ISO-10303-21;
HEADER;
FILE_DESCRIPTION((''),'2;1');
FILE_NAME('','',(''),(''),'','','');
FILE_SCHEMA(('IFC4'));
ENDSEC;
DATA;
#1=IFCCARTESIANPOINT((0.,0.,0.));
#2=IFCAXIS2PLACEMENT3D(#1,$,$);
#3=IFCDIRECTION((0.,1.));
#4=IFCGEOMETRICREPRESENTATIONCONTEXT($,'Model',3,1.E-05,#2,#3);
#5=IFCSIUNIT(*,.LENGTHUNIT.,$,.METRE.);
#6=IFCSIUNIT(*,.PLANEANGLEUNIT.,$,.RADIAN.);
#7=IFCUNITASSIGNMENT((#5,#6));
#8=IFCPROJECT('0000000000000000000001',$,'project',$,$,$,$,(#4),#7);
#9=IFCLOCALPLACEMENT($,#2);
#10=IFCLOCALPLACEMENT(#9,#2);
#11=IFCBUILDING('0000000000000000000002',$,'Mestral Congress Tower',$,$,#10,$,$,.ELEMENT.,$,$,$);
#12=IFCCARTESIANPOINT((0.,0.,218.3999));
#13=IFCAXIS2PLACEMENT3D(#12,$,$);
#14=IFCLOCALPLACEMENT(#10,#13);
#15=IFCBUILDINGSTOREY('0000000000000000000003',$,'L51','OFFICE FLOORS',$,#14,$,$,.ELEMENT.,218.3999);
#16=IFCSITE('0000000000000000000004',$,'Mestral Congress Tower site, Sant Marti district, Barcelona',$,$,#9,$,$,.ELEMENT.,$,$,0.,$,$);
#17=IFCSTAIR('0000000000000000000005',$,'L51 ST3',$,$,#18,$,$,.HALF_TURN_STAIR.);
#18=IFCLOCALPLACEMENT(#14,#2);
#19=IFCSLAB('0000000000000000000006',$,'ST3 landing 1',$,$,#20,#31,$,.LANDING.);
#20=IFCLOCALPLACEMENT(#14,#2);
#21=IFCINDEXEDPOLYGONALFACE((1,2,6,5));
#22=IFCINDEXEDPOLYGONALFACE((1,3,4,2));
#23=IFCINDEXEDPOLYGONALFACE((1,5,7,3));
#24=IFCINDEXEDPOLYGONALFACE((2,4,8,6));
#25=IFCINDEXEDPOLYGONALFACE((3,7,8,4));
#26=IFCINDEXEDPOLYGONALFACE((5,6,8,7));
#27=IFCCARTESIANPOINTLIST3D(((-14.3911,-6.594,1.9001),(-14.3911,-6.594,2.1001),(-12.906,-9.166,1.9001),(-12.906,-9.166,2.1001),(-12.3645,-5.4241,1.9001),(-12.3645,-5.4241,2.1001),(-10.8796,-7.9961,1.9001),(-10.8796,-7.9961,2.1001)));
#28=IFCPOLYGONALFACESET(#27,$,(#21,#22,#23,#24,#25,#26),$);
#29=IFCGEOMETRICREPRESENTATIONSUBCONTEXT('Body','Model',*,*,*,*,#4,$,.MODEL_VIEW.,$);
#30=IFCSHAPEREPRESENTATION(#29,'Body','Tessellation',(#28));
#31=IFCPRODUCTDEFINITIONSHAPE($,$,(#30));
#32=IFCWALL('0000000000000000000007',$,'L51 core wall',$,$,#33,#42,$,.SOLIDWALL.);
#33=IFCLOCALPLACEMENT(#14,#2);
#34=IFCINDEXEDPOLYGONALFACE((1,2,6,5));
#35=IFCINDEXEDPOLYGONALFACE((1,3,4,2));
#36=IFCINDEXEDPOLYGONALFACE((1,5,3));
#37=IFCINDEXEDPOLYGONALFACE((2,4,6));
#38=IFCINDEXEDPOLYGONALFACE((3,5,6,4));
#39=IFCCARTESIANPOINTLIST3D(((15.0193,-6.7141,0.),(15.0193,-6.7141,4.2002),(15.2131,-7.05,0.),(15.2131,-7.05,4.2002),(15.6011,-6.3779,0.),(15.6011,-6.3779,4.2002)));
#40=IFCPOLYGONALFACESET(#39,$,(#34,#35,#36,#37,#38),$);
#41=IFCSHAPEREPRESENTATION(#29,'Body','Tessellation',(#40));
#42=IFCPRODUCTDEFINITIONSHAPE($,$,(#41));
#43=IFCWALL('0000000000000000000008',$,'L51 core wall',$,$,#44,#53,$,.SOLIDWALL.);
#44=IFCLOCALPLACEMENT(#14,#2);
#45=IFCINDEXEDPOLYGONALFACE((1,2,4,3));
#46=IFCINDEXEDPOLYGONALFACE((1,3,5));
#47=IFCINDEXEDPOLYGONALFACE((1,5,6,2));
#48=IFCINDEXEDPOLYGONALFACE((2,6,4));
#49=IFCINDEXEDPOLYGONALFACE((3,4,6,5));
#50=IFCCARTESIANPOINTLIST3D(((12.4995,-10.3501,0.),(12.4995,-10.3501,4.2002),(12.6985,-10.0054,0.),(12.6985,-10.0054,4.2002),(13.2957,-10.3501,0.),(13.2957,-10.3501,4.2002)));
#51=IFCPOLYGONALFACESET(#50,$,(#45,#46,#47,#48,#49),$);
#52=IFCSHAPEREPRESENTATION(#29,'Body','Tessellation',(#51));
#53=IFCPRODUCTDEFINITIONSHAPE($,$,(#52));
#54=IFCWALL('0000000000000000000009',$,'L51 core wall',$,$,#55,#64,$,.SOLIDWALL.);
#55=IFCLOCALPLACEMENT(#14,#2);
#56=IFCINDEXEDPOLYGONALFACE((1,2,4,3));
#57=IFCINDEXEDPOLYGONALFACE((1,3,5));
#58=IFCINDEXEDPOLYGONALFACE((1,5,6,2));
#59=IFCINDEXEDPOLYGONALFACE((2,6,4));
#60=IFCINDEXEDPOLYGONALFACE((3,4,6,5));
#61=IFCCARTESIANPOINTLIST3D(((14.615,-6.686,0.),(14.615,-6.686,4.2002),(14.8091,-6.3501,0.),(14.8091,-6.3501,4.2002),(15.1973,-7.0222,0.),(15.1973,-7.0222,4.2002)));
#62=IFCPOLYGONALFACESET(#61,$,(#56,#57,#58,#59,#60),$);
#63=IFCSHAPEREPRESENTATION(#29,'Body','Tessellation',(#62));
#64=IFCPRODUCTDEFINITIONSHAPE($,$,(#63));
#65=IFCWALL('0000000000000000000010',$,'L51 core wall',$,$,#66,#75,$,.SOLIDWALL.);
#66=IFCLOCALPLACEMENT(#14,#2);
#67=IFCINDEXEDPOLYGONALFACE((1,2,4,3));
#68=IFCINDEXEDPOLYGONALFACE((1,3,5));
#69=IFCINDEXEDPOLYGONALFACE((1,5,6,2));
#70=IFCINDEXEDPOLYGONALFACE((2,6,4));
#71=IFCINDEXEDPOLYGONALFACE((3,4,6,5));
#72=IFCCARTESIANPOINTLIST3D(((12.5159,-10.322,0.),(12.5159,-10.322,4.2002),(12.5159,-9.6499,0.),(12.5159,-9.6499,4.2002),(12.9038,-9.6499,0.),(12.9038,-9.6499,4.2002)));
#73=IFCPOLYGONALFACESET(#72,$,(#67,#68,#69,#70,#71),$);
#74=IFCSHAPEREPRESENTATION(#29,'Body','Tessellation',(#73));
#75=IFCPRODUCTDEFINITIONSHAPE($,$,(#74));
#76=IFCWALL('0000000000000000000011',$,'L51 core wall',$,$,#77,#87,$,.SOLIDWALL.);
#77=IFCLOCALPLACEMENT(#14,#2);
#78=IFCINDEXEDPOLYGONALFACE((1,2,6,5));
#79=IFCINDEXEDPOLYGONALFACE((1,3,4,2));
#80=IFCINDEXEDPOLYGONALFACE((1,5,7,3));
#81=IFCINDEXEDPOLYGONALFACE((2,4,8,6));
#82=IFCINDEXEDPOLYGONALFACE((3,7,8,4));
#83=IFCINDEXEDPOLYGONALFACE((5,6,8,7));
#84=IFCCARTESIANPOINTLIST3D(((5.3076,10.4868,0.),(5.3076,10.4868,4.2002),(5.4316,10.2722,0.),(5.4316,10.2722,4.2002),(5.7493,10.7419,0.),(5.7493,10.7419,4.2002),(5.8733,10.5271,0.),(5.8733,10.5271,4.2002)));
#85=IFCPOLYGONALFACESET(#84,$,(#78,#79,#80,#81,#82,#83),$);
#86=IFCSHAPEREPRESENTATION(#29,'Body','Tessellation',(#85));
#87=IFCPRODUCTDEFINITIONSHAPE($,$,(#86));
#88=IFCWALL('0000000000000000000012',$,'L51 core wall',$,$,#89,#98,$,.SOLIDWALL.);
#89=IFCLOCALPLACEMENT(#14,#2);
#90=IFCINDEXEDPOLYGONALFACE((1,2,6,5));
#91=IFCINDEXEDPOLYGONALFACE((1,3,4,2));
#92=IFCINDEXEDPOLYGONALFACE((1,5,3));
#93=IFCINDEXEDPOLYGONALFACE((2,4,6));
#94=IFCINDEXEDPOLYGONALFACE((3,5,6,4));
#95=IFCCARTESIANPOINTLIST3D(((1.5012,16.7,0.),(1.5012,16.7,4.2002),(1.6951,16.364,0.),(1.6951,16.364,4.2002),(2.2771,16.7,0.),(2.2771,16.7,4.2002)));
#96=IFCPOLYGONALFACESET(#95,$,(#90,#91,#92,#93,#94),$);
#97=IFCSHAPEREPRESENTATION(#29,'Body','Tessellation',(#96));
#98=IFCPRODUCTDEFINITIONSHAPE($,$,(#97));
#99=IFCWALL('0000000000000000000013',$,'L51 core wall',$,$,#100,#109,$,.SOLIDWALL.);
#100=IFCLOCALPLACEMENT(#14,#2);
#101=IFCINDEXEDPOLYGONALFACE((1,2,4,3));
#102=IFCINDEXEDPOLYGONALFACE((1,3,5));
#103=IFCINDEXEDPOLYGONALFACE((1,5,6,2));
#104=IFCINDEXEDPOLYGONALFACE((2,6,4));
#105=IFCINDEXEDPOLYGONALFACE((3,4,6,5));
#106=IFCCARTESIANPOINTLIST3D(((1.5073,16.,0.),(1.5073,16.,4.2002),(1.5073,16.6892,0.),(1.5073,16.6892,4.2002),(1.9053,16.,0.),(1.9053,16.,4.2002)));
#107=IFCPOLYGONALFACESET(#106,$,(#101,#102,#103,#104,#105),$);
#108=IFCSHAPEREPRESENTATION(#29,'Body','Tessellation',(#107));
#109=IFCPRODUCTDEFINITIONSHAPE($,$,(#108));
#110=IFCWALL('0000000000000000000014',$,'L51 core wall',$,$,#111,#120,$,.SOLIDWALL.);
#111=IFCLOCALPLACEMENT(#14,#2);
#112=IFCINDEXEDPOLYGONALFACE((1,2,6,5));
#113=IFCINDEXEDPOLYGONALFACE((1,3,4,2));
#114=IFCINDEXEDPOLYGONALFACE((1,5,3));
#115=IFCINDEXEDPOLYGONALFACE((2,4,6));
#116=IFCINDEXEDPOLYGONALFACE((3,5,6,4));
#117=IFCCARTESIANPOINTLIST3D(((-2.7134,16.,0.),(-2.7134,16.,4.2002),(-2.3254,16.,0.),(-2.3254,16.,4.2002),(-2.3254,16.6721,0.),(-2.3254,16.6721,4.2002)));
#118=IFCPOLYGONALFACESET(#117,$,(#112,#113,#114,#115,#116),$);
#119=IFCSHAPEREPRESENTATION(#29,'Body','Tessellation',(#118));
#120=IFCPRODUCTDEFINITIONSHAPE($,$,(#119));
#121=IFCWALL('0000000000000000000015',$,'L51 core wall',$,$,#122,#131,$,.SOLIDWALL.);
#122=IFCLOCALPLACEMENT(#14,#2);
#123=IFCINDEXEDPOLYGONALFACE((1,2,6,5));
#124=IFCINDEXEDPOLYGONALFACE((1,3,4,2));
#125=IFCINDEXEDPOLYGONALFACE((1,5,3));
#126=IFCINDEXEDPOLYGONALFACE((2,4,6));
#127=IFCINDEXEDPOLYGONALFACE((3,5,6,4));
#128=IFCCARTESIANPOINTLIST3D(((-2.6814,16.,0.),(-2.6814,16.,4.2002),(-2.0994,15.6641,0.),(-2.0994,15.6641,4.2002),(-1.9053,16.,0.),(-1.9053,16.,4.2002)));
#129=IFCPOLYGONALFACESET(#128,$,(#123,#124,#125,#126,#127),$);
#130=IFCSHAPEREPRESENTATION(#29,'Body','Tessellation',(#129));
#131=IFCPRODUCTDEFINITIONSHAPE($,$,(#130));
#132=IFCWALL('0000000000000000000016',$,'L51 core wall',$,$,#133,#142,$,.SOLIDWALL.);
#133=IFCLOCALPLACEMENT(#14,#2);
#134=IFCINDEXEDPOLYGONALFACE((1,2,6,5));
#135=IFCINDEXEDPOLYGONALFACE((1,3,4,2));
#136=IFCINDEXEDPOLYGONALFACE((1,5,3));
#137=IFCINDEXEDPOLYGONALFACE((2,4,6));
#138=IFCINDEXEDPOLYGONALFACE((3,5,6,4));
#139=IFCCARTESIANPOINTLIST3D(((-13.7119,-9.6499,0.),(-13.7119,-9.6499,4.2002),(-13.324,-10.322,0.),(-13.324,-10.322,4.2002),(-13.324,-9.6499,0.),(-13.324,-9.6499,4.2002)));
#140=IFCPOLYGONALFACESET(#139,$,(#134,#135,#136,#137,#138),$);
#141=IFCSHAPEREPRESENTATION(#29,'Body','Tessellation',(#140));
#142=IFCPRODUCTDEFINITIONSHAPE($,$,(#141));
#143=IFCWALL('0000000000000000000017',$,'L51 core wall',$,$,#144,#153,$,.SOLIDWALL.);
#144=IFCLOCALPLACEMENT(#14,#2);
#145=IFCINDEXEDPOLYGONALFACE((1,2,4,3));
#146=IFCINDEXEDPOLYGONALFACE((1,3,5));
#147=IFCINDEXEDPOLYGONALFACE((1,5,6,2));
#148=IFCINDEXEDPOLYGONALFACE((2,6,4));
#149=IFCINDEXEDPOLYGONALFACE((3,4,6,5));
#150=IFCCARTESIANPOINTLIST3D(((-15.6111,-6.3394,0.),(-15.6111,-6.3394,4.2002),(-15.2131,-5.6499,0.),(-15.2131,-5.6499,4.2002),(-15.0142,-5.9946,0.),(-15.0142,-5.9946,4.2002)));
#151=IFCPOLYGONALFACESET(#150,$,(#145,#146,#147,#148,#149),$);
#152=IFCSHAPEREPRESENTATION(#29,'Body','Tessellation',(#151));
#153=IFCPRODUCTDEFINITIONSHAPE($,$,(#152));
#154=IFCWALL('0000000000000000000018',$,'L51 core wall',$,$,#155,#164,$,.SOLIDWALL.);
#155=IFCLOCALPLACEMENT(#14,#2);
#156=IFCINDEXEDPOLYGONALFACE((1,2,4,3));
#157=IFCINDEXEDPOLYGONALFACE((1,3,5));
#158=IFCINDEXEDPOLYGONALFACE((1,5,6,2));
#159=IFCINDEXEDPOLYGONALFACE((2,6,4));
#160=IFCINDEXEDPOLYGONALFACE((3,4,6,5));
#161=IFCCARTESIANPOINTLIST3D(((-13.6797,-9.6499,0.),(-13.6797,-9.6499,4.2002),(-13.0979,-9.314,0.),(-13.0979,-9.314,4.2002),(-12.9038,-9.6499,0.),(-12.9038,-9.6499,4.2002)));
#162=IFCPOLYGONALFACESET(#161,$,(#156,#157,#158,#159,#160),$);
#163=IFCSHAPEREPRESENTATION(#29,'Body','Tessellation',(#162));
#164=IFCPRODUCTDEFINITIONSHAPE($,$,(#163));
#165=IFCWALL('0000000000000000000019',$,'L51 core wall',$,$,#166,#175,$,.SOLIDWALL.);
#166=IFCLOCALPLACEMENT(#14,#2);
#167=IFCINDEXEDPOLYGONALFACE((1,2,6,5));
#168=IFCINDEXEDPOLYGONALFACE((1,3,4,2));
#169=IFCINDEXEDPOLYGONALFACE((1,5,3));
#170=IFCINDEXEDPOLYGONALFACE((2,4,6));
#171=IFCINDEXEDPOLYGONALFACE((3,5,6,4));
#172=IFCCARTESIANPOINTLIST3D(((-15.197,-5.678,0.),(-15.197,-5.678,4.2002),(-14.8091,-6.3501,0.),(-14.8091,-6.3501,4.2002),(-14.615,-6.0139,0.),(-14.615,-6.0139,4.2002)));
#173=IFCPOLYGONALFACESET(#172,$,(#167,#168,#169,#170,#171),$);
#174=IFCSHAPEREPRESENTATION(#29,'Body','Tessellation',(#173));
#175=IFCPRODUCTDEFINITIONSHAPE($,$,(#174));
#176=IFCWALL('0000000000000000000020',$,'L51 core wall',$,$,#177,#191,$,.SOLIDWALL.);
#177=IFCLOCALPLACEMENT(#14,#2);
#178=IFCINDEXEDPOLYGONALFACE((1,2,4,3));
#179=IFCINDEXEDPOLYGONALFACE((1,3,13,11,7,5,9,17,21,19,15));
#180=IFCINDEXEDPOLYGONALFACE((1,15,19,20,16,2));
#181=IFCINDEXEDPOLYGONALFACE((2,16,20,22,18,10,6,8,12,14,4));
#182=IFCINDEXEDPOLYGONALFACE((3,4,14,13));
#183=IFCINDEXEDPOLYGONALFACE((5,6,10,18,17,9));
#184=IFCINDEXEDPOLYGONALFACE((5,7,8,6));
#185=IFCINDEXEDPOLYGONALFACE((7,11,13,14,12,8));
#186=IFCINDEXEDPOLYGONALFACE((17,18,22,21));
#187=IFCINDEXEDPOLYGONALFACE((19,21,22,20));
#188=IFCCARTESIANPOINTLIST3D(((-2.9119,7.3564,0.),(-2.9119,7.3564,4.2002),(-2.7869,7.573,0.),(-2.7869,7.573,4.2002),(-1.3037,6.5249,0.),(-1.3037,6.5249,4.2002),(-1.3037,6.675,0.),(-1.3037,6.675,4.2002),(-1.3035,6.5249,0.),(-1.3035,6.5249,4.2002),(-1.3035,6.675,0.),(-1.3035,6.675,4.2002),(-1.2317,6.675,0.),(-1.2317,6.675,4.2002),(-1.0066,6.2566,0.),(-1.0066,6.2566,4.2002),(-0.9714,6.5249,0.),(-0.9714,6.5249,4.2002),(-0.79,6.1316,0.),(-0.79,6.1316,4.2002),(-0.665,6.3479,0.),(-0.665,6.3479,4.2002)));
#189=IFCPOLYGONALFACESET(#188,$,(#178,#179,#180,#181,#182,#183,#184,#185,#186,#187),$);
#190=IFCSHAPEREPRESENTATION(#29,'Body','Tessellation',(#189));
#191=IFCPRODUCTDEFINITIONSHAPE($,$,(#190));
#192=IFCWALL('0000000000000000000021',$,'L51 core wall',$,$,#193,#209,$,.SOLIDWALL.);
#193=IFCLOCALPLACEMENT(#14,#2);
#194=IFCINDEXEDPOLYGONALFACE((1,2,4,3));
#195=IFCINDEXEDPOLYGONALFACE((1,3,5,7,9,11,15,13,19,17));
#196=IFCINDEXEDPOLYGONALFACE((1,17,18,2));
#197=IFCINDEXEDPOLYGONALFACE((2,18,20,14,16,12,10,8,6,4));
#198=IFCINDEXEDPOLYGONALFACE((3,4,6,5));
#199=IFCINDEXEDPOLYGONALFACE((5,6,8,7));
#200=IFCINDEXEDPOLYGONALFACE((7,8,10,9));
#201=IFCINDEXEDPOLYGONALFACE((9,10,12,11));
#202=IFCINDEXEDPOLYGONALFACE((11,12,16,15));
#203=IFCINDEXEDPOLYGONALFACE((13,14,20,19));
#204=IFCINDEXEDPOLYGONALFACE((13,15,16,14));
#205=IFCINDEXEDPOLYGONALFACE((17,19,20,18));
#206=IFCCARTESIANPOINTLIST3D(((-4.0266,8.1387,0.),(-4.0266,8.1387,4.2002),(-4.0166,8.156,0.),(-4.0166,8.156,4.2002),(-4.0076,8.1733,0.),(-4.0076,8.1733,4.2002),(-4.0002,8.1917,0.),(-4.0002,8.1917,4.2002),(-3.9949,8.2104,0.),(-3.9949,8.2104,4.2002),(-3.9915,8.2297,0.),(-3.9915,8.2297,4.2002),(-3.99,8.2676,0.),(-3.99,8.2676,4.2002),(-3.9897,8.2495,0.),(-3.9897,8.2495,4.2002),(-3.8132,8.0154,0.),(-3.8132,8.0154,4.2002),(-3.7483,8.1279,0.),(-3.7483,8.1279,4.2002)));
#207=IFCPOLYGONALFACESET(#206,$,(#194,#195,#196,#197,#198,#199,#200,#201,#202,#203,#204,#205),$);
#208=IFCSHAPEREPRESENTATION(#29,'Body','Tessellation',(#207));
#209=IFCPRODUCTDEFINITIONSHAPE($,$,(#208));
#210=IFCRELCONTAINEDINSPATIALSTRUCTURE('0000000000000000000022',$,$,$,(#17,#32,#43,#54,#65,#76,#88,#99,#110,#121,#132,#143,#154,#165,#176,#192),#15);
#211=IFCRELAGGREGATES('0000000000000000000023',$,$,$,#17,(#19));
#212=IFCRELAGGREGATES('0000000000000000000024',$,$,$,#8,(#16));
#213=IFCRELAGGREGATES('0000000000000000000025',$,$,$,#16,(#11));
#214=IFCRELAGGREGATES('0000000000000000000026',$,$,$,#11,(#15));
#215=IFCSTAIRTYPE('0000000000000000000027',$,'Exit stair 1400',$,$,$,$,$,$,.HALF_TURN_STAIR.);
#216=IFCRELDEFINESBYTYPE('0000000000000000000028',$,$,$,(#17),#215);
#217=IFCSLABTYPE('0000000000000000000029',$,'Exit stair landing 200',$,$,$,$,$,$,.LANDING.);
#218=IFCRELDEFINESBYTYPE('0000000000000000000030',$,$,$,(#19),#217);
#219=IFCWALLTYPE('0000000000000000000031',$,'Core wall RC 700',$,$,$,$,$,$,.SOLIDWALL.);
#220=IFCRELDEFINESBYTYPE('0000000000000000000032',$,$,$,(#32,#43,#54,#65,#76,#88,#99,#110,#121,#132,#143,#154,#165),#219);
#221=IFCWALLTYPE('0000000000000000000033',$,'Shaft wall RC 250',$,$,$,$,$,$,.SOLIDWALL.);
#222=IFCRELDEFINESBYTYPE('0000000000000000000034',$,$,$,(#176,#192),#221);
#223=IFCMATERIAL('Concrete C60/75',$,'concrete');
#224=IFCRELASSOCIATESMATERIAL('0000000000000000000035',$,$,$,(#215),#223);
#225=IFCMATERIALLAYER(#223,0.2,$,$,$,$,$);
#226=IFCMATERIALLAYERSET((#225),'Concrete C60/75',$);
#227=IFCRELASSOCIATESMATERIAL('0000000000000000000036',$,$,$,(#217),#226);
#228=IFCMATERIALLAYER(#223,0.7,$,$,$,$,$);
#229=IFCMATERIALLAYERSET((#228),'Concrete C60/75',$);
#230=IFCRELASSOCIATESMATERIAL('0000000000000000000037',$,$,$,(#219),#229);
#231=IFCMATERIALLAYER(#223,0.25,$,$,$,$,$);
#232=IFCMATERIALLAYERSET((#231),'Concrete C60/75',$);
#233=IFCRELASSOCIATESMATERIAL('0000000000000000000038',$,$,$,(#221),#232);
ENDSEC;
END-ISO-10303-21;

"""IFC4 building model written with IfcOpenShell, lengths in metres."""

from ifc_helpers import new_model, si_unit, direction, frame, origin, place, context, subcontext, project, spatial, polyline, outline, extrude, material, layer, layer_set, type_object, element, aggregate, save


model = new_model("IFC4")

# Units and contexts
model_context = context("Model", 3, precision=1e-05, world=origin(), true_north=direction((0.0, 1.0)))
body_context = subcontext(model_context, "Body", "Model", "MODEL_VIEW")
ifc_project = project(units=[si_unit("LENGTHUNIT", "METRE"), si_unit("PLANEANGLEUNIT", "RADIAN")], contexts=[model_context])

# Site, building, storey
site_placement = place(None, origin())
site = spatial("IfcSite", under=ifc_project, at=site_placement, Name="Mestral Congress Tower site, Sant Marti district, Barcelona", CompositionType="ELEMENT", RefElevation=0.0)
building_placement = place(site_placement, origin())
building = spatial("IfcBuilding", under=site, at=building_placement, Name="Mestral Congress Tower", CompositionType="ELEMENT")
storey_placement = place(building_placement, frame((0.0, 0.0, 218.3999)))
storey = spatial("IfcBuildingStorey", under=building, at=storey_placement, Name="L51", Description="OFFICE FLOORS", CompositionType="ELEMENT", Elevation=218.3999)

# Shared definitions
ifc_material_1 = material(Name="Concrete C60/75", Category="concrete")

# Stair, slab
stair_type = type_object("IfcStairType", Name="Exit stair 1400", PredefinedType="HALF_TURN_STAIR", material=ifc_material_1)
placement_1 = place(storey_placement, origin())
ifc_layer_1 = layer(ifc_material_1, 0.2)
ifc_layer_set_1 = layer_set([ifc_layer_1], Name="Concrete C60/75")
slab_type_1 = type_object("IfcSlabType", Name="Exit stair landing 200", PredefinedType="LANDING", material=ifc_layer_set_1)
placement_2 = place(storey_placement, frame((0.0, 0.0, 1.9001)))
stair_1 = element("IfcStair", 1, at=placement_1, inside=storey, type_object=stair_type, Name="L51 ST3", PredefinedType="HALF_TURN_STAIR")
slab_1 = element("IfcSlab", 2, at=placement_2, type_object=slab_type_1, Name="ST3 landing 1", PredefinedType="LANDING", context=body_context, shape_type="SweptSolid", body=[
    extrude(outline(polyline([(-12.3645, -5.4241), (-10.8796, -7.9961), (-12.906, -9.166), (-14.3911, -6.594), (-12.3645, -5.4241)])), origin(), (0.0, 0.0, 1.0), 0.2),
])
aggregate(stair_1, [slab_1])

# Walls
ifc_layer_2 = layer(ifc_material_1, 0.7)
ifc_layer_set_2 = layer_set([ifc_layer_2], Name="Concrete C60/75")
wall_type_1 = type_object("IfcWallType", Name="Core wall RC 700", PredefinedType="SOLIDWALL", material=ifc_layer_set_2)
element("IfcWall", 3, at=placement_1, inside=storey, type_object=wall_type_1, Name="L51 core wall", PredefinedType="SOLIDWALL", context=body_context, shape_type="SweptSolid", body=[
    extrude(outline(polyline([(15.2131, -7.05), (15.0193, -6.7141), (15.6011, -6.3779), (15.2131, -7.05)])), origin(), (0.0, 0.0, 1.0), 4.2002),
])
element("IfcWall", 4, at=placement_1, inside=storey, type_object=wall_type_1, Name="L51 core wall", PredefinedType="SOLIDWALL", context=body_context, shape_type="SweptSolid", body=[
    extrude(outline(polyline([(12.6985, -10.0054), (13.2957, -10.3501), (12.4995, -10.3501), (12.6985, -10.0054)])), origin(), (0.0, 0.0, 1.0), 4.2002),
])
element("IfcWall", 5, at=placement_1, inside=storey, type_object=wall_type_1, Name="L51 core wall", PredefinedType="SOLIDWALL", context=body_context, shape_type="SweptSolid", body=[
    extrude(outline(polyline([(14.8091, -6.3501), (15.1973, -7.0222), (14.615, -6.686), (14.8091, -6.3501)])), origin(), (0.0, 0.0, 1.0), 4.2002),
])
element("IfcWall", 6, at=placement_1, inside=storey, type_object=wall_type_1, Name="L51 core wall", PredefinedType="SOLIDWALL", context=body_context, shape_type="SweptSolid", body=[
    extrude(outline(polyline([(12.9038, -9.6499), (12.5159, -10.322), (12.5159, -9.6499), (12.9038, -9.6499)])), origin(), (0.0, 0.0, 1.0), 4.2002),
])
element("IfcWall", 7, at=placement_1, inside=storey, type_object=wall_type_1, Name="L51 core wall", PredefinedType="SOLIDWALL", context=body_context, shape_type="SweptSolid", body=[
    extrude(outline(polyline([(5.4316, 10.2722), (5.3076, 10.4868), (5.7493, 10.7419), (5.8733, 10.5271), (5.4316, 10.2722)])), origin(), (0.0, 0.0, 1.0), 4.2002),
])
element("IfcWall", 8, at=placement_1, inside=storey, type_object=wall_type_1, Name="L51 core wall", PredefinedType="SOLIDWALL", context=body_context, shape_type="SweptSolid", body=[
    extrude(outline(polyline([(1.5012, 16.7), (2.2771, 16.7), (1.6951, 16.364), (1.5012, 16.7)])), origin(), (0.0, 0.0, 1.0), 4.2002),
])
element("IfcWall", 9, at=placement_1, inside=storey, type_object=wall_type_1, Name="L51 core wall", PredefinedType="SOLIDWALL", context=body_context, shape_type="SweptSolid", body=[
    extrude(outline(polyline([(1.9053, 16.0), (1.5073, 16.0), (1.5073, 16.6892), (1.9053, 16.0)])), origin(), (0.0, 0.0, 1.0), 4.2002),
])
element("IfcWall", 10, at=placement_1, inside=storey, type_object=wall_type_1, Name="L51 core wall", PredefinedType="SOLIDWALL", context=body_context, shape_type="SweptSolid", body=[
    extrude(outline(polyline([(-2.7134, 16.0), (-2.3254, 16.6721), (-2.3254, 16.0), (-2.7134, 16.0)])), origin(), (0.0, 0.0, 1.0), 4.2002),
])
element("IfcWall", 11, at=placement_1, inside=storey, type_object=wall_type_1, Name="L51 core wall", PredefinedType="SOLIDWALL", context=body_context, shape_type="SweptSolid", body=[
    extrude(outline(polyline([(-1.9053, 16.0), (-2.0994, 15.6641), (-2.6814, 16.0), (-1.9053, 16.0)])), origin(), (0.0, 0.0, 1.0), 4.2002),
])
element("IfcWall", 12, at=placement_1, inside=storey, type_object=wall_type_1, Name="L51 core wall", PredefinedType="SOLIDWALL", context=body_context, shape_type="SweptSolid", body=[
    extrude(outline(polyline([(-13.7119, -9.6499), (-13.324, -9.6499), (-13.324, -10.322), (-13.7119, -9.6499)])), origin(), (0.0, 0.0, 1.0), 4.2002),
])
element("IfcWall", 13, at=placement_1, inside=storey, type_object=wall_type_1, Name="L51 core wall", PredefinedType="SOLIDWALL", context=body_context, shape_type="SweptSolid", body=[
    extrude(outline(polyline([(-15.0142, -5.9946), (-15.6111, -6.3394), (-15.2131, -5.6499), (-15.0142, -5.9946)])), origin(), (0.0, 0.0, 1.0), 4.2002),
])
element("IfcWall", 14, at=placement_1, inside=storey, type_object=wall_type_1, Name="L51 core wall", PredefinedType="SOLIDWALL", context=body_context, shape_type="SweptSolid", body=[
    extrude(outline(polyline([(-12.9038, -9.6499), (-13.6797, -9.6499), (-13.0979, -9.314), (-12.9038, -9.6499)])), origin(), (0.0, 0.0, 1.0), 4.2002),
])
element("IfcWall", 15, at=placement_1, inside=storey, type_object=wall_type_1, Name="L51 core wall", PredefinedType="SOLIDWALL", context=body_context, shape_type="SweptSolid", body=[
    extrude(outline(polyline([(-14.8091, -6.3501), (-15.197, -5.678), (-14.615, -6.0139), (-14.8091, -6.3501)])), origin(), (0.0, 0.0, 1.0), 4.2002),
])
ifc_layer_3 = layer(ifc_material_1, 0.25)
ifc_layer_set_3 = layer_set([ifc_layer_3], Name="Concrete C60/75")
wall_type_2 = type_object("IfcWallType", Name="Shaft wall RC 250", PredefinedType="SOLIDWALL", material=ifc_layer_set_3)
element("IfcWall", 16, at=placement_1, inside=storey, type_object=wall_type_2, Name="L51 core wall", PredefinedType="SOLIDWALL", context=body_context, shape_type="SweptSolid", body=[
    extrude(outline(polyline([(-2.9119, 7.3564), (-2.7869, 7.573), (-1.2317, 6.675), (-1.3035, 6.675), (-1.3037, 6.675), (-1.3037, 6.675), (-1.3037, 6.5249), (-1.3037, 6.5249), (-1.3035, 6.5249), (-0.9714, 6.5249), (-0.665, 6.3479), (-0.79, 6.1316), (-1.0066, 6.2566), (-1.0066, 6.2566), (-2.9119, 7.3564)])), origin(), (0.0, 0.0, 1.0), 4.2002),
])
element("IfcWall", 17, at=placement_1, inside=storey, type_object=wall_type_2, Name="L51 core wall", PredefinedType="SOLIDWALL", context=body_context, shape_type="SweptSolid", body=[
    extrude(outline(polyline([(-3.7483, 8.1279), (-3.8132, 8.0154), (-4.0266, 8.1387), (-4.0166, 8.156), (-4.0076, 8.1733), (-4.0002, 8.1917), (-3.9949, 8.2104), (-3.9915, 8.2297), (-3.9897, 8.2495), (-3.99, 8.2676), (-3.7483, 8.1279)])), origin(), (0.0, 0.0, 1.0), 4.2002),
])

save(model, "model.ifc")
